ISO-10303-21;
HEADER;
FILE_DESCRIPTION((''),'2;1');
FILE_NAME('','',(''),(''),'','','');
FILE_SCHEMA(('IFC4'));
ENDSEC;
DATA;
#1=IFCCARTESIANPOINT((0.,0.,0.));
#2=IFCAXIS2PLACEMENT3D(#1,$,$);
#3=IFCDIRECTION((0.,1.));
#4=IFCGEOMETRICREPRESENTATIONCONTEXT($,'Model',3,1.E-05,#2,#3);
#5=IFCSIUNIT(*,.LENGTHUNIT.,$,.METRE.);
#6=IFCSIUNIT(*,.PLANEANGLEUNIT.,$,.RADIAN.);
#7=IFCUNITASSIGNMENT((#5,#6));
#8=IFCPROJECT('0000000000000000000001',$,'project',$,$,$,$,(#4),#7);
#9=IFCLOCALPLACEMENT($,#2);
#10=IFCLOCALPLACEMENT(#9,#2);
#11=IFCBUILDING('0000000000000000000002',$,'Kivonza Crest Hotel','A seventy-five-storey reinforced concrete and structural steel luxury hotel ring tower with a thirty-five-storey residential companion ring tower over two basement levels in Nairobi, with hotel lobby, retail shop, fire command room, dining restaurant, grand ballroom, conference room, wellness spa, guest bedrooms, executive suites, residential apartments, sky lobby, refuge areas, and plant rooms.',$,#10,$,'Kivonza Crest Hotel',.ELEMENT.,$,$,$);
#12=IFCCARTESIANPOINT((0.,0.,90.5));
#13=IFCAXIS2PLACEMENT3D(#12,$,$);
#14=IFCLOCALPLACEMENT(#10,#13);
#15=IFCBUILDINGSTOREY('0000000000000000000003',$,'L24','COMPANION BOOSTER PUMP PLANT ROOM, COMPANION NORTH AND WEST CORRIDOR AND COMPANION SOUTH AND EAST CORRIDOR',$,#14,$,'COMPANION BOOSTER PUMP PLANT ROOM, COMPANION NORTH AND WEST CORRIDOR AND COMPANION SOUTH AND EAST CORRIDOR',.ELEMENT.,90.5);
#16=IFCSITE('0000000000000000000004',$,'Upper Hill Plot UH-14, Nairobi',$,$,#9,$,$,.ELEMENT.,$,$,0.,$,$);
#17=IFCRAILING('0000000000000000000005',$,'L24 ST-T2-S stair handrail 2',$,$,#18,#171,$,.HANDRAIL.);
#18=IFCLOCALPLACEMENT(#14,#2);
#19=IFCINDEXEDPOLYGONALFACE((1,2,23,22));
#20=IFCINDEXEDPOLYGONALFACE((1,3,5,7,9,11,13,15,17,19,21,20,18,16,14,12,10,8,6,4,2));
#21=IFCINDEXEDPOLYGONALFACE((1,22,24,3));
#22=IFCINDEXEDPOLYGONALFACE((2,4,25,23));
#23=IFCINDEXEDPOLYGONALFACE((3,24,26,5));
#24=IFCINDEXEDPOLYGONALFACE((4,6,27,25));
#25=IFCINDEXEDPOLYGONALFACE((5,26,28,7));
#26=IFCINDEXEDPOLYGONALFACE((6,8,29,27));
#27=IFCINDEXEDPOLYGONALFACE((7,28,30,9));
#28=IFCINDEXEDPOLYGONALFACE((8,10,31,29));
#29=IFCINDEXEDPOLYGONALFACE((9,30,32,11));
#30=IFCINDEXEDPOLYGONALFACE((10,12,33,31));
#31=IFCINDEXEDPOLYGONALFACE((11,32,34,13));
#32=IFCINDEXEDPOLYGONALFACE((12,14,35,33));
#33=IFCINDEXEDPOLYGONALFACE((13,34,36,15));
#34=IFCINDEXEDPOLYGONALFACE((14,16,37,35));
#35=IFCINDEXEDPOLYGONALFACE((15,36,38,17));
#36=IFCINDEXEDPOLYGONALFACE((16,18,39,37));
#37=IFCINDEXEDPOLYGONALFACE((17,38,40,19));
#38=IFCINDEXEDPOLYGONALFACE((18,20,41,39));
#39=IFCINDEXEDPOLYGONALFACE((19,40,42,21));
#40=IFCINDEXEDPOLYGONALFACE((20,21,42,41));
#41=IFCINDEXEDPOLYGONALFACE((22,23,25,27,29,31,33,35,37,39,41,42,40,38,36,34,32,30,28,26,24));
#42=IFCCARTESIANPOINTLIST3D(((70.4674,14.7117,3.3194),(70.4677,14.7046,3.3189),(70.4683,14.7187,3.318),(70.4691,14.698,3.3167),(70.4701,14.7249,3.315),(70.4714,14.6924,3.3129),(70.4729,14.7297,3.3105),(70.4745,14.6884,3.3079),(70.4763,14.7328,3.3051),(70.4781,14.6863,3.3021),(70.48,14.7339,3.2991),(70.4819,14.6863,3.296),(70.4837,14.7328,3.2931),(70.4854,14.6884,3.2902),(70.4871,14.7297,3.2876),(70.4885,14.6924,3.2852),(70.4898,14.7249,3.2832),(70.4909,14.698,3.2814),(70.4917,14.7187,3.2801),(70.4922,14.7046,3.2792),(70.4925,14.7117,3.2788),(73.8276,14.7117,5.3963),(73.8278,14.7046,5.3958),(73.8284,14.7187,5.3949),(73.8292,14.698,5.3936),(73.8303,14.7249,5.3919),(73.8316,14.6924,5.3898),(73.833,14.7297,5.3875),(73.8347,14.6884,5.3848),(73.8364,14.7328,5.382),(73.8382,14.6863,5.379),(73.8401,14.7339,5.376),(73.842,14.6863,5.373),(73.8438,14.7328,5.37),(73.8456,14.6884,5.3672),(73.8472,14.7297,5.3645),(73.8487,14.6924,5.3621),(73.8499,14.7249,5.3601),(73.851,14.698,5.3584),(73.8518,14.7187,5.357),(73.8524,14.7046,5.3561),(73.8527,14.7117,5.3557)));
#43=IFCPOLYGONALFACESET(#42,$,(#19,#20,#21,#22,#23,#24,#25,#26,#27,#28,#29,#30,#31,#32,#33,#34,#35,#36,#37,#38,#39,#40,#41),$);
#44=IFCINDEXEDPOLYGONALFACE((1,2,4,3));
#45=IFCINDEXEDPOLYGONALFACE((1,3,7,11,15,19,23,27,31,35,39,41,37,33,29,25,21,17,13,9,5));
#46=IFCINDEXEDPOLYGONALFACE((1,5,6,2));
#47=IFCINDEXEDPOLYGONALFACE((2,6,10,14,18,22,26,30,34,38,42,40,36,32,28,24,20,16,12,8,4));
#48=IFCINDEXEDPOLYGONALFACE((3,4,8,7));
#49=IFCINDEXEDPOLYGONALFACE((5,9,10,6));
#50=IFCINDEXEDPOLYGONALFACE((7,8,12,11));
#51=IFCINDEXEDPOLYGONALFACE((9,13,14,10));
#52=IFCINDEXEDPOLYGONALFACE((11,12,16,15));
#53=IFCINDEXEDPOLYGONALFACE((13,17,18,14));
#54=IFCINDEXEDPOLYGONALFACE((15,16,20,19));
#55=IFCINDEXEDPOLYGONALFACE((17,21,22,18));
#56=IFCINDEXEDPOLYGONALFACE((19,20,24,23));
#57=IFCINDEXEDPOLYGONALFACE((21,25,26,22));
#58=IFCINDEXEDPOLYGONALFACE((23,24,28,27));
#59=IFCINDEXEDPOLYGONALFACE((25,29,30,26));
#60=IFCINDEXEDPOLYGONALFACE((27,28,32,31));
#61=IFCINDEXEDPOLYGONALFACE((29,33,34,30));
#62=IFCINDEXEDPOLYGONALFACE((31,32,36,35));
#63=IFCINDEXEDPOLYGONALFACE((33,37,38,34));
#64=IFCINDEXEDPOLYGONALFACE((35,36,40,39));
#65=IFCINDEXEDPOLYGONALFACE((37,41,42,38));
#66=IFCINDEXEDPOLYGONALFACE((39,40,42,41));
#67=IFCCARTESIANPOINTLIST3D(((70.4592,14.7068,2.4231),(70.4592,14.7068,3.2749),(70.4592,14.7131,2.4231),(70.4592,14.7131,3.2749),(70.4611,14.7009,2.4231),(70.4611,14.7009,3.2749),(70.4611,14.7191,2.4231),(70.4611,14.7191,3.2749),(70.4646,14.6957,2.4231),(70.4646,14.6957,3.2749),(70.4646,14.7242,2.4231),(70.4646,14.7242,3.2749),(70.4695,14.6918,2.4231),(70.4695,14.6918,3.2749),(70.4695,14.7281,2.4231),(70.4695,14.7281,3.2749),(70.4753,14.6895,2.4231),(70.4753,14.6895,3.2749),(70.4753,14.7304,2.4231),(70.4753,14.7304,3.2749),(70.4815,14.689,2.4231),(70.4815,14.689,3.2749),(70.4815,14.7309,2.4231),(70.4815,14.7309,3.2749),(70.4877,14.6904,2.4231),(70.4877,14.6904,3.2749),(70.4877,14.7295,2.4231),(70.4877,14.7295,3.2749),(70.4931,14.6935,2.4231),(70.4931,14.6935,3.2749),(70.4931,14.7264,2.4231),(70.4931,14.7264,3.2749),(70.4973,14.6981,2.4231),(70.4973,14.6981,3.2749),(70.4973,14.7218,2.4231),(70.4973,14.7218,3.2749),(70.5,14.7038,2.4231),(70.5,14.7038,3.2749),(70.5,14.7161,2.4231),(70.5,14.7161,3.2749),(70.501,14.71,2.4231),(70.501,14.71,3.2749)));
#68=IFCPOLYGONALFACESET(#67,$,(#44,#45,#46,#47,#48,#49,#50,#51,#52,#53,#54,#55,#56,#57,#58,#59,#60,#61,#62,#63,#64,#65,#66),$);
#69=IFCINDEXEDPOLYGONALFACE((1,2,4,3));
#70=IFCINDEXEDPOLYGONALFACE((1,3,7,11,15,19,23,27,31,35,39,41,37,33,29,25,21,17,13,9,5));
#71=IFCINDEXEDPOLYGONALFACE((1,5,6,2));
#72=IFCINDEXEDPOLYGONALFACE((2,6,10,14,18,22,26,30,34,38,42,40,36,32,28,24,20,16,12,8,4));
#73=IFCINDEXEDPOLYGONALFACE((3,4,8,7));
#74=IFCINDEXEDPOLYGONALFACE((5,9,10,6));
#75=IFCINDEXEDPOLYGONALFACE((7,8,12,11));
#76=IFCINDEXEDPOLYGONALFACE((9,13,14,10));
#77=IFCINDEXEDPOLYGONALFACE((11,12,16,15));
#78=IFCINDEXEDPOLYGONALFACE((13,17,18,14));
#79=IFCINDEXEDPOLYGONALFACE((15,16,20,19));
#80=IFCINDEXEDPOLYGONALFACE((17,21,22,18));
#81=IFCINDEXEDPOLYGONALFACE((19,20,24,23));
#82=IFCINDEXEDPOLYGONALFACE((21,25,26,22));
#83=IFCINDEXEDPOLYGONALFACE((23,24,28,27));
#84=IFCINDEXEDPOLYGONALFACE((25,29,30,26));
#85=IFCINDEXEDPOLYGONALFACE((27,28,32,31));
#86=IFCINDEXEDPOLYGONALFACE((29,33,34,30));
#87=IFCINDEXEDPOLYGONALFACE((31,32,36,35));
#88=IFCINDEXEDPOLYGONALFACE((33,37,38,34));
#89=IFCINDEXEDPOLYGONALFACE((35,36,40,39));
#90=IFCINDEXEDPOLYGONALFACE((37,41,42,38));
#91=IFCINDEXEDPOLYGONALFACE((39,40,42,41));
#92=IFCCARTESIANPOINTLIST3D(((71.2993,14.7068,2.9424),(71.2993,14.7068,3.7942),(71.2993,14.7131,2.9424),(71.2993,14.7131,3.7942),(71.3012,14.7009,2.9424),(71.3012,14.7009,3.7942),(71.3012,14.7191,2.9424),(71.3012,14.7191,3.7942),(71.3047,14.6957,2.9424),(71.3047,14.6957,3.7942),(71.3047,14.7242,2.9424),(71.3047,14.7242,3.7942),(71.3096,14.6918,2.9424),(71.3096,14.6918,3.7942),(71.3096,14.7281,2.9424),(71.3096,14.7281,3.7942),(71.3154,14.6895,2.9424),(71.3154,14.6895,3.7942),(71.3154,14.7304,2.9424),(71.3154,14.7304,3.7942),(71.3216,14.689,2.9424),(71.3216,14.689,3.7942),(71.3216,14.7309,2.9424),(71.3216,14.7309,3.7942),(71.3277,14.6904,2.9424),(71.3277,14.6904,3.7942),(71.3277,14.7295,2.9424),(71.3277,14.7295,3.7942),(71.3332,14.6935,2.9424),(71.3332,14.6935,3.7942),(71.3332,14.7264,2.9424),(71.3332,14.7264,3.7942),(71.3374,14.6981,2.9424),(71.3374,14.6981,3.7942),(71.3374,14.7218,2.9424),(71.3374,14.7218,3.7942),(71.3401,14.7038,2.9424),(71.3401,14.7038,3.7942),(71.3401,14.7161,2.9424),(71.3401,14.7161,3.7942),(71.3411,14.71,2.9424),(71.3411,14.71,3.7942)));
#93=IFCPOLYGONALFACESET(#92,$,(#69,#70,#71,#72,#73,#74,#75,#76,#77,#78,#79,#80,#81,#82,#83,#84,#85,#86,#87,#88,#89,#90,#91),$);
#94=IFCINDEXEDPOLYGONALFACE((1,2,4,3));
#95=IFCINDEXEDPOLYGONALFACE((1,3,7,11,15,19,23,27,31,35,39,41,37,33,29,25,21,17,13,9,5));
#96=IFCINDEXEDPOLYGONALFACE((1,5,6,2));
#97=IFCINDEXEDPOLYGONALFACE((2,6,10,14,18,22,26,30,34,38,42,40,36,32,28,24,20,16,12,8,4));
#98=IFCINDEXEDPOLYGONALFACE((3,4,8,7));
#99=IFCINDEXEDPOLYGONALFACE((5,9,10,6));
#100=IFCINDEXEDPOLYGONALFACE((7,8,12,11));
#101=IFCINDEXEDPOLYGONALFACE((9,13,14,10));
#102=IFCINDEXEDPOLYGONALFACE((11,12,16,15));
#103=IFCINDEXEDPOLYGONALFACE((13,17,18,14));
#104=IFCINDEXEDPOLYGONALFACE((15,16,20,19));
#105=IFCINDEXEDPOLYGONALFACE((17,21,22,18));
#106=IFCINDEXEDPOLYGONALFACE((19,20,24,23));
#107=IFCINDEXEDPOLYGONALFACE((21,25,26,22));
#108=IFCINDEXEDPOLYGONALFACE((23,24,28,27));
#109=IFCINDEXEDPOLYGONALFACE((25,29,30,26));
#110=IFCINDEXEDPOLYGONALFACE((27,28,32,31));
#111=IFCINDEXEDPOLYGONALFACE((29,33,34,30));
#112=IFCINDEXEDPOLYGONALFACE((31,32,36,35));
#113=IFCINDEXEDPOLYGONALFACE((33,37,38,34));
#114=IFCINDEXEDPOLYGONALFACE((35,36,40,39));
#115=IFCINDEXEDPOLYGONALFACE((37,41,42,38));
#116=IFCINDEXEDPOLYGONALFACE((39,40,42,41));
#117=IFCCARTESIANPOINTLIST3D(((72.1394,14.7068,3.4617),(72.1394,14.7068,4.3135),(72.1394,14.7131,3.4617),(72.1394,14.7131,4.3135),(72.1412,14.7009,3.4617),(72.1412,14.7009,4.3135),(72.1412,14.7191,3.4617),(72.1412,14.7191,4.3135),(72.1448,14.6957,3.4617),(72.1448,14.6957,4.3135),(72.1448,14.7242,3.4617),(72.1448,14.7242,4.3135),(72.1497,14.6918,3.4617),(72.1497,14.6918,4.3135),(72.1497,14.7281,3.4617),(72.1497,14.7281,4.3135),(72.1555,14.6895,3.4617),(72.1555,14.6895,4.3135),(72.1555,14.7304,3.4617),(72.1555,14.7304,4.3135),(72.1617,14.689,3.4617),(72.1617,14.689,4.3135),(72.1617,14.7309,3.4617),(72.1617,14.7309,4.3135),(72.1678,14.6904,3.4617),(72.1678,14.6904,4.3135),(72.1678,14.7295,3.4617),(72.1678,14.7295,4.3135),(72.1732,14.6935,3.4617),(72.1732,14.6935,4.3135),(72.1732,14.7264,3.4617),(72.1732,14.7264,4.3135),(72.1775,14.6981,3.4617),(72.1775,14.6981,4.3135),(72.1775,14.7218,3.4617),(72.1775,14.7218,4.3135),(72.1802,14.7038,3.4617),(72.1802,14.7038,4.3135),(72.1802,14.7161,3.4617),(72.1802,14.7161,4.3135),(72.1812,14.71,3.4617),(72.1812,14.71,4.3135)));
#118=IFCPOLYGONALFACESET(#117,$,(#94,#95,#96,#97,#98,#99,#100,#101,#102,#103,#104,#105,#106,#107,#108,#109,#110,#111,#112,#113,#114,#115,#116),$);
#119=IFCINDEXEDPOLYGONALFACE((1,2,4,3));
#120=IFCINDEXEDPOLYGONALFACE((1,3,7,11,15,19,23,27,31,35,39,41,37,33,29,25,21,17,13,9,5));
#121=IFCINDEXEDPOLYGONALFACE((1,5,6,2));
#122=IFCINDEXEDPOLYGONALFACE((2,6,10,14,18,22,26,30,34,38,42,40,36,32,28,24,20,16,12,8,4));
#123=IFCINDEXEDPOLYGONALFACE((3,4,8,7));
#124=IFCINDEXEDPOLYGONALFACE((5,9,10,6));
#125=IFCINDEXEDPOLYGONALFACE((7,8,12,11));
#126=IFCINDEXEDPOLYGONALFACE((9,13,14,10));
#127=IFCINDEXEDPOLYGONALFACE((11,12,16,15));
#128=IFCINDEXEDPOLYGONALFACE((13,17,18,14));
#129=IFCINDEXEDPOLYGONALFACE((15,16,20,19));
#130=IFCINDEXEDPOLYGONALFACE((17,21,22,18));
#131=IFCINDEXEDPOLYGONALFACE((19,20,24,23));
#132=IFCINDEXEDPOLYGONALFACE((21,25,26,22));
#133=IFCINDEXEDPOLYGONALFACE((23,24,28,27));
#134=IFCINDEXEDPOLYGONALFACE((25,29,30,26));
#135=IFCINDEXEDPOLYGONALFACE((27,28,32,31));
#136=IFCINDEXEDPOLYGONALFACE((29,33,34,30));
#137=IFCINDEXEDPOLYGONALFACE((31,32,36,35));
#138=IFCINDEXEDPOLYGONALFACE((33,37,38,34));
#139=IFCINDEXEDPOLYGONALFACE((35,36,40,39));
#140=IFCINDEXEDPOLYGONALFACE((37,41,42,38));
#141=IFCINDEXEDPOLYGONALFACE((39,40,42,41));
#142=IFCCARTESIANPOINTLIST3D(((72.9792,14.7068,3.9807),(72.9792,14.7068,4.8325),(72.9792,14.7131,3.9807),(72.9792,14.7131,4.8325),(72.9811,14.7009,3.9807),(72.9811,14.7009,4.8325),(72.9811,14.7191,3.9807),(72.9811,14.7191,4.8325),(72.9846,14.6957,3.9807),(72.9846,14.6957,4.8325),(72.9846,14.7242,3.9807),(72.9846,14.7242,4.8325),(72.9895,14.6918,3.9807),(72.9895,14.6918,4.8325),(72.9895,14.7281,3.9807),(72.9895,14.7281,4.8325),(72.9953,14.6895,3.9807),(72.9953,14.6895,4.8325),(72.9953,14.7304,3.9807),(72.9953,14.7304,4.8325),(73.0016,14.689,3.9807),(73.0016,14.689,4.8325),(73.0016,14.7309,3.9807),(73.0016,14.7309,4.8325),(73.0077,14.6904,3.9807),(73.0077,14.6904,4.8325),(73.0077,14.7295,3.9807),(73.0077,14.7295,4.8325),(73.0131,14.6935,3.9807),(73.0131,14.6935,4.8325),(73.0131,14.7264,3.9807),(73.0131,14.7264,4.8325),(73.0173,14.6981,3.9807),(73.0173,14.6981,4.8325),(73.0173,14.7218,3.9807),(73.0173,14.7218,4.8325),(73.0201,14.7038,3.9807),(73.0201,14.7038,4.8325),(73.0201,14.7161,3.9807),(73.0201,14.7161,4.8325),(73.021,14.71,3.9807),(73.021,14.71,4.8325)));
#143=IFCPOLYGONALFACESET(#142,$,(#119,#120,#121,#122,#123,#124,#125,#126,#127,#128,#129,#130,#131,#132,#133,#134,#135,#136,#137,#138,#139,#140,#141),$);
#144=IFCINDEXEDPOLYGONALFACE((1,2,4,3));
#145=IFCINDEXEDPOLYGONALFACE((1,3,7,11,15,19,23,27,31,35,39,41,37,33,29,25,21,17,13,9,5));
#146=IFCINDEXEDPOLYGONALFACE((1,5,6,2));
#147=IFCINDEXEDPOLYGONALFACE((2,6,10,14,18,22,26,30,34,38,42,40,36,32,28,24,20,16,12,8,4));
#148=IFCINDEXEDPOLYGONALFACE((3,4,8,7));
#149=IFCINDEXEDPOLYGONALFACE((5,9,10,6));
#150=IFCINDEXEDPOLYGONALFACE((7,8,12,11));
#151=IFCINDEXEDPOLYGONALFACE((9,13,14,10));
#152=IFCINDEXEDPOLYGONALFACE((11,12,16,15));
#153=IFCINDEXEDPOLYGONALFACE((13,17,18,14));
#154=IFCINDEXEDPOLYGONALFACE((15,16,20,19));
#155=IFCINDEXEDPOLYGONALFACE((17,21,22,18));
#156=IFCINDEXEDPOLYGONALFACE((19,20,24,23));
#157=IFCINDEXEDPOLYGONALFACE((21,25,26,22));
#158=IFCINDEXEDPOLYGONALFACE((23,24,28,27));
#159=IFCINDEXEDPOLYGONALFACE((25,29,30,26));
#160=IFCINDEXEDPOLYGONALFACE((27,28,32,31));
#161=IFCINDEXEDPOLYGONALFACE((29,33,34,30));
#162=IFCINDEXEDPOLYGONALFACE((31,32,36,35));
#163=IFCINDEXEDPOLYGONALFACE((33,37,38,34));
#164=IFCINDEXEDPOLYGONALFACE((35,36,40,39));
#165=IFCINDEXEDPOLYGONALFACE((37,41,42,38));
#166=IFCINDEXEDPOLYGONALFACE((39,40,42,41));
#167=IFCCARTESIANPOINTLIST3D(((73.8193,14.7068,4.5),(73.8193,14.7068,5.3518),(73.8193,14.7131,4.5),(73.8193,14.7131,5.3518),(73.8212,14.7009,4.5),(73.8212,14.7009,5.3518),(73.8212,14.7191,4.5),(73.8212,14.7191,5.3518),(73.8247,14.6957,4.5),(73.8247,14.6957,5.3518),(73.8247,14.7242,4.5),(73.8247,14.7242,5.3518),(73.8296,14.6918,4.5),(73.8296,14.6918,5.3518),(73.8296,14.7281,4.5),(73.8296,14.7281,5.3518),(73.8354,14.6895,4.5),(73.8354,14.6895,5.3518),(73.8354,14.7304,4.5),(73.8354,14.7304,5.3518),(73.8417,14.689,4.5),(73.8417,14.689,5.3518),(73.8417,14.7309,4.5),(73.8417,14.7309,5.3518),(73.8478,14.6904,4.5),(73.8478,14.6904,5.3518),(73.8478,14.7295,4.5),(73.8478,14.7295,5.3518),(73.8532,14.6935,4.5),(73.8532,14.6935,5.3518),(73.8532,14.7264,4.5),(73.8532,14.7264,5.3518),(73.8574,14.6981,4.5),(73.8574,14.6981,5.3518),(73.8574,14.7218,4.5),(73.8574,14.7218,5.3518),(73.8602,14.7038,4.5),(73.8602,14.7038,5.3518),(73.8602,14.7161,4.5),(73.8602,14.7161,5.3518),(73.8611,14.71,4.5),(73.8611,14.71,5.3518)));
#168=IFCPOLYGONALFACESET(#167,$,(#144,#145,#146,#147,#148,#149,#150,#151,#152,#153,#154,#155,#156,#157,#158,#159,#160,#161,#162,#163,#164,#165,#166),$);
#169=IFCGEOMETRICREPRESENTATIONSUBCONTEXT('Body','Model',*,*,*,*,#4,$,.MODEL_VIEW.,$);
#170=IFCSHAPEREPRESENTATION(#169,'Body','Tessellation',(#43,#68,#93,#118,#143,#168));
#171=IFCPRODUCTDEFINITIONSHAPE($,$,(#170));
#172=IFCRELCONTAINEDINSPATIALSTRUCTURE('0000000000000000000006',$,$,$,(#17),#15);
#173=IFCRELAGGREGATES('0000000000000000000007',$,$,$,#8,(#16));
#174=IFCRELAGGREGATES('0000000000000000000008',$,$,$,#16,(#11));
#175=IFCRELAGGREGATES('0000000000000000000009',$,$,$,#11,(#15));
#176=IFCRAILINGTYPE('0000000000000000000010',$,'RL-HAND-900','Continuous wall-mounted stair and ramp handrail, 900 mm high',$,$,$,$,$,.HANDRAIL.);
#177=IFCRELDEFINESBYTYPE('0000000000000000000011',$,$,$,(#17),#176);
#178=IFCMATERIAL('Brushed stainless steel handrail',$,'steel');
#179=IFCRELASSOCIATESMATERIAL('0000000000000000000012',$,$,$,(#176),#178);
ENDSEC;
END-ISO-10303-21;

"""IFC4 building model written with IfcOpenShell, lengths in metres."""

from ifc_helpers import new_model, si_unit, direction, frame, origin, origin_2d, place, context, subcontext, project, spatial, circle, extrude, material, type_object, element, save


model = new_model("IFC4")

# Units and contexts
model_context = context("Model", 3, precision=1e-05, world=origin(), true_north=direction((0.0, 1.0)))
body_context = subcontext(model_context, "Body", "Model", "MODEL_VIEW")
ifc_project = project(units=[si_unit("LENGTHUNIT", "METRE"), si_unit("PLANEANGLEUNIT", "RADIAN")], contexts=[model_context])

# Site, building, storey
site_placement = place(None, origin())
site = spatial("IfcSite", under=ifc_project, at=site_placement, Name="Upper Hill Plot UH-14, Nairobi", CompositionType="ELEMENT", RefElevation=0.0)
building_placement = place(site_placement, origin())
building = spatial("IfcBuilding", under=site, at=building_placement, Name="Kivonza Crest Hotel", Description="A seventy-five-storey reinforced concrete and structural steel luxury hotel ring tower with a thirty-five-storey residential companion ring tower over two basement levels in Nairobi, with hotel lobby, retail shop, fire command room, dining restaurant, grand ballroom, conference room, wellness spa, guest bedrooms, executive suites, residential apartments, sky lobby, refuge areas, and plant rooms.", LongName="Kivonza Crest Hotel", CompositionType="ELEMENT")
storey_placement = place(building_placement, frame((0.0, 0.0, 90.5)))
storey = spatial("IfcBuildingStorey", under=building, at=storey_placement, Name="L24", Description="COMPANION BOOSTER PUMP PLANT ROOM, COMPANION NORTH AND WEST CORRIDOR AND COMPANION SOUTH AND EAST CORRIDOR", LongName="COMPANION BOOSTER PUMP PLANT ROOM, COMPANION NORTH AND WEST CORRIDOR AND COMPANION SOUTH AND EAST CORRIDOR", CompositionType="ELEMENT", Elevation=90.5)

# Railing
ifc_material_1 = material(Name="Brushed stainless steel handrail", Category="steel")
railing_type_1 = type_object("IfcRailingType", Name="RL-HAND-900", Description="Continuous wall-mounted stair and ramp handrail, 900 mm high", PredefinedType="HANDRAIL", material=ifc_material_1)
railing_1_placement = place(storey_placement, frame((70.48, 14.71, 2.4231)))
element("IfcRailing", 1, at=railing_1_placement, inside=storey, type_object=railing_type_1, Name="L24 ST-T2-S stair handrail 2", PredefinedType="HANDRAIL", context=body_context, shape_type="SweptSolid", body=[
    extrude(circle(Radius=0.0239, at=origin_2d()), frame((0.0, 0.0, 0.876), z_axis=(0.850623, 0.0, 0.525776), x_axis=(0.0, 1.0, 0.0)), (0.0, 0.0, 1.0), 3.9502),
    extrude(circle(Radius=0.021, at=origin_2d()), origin(), (0.0, 0.0, 1.0), 0.8518),
    extrude(circle(Radius=0.021, at=origin_2d()), frame((0.8401, 0.0, 0.5193)), (0.0, 0.0, 1.0), 0.8518),
    extrude(circle(Radius=0.021, at=origin_2d()), frame((1.6802, 0.0, 1.0386)), (0.0, 0.0, 1.0), 0.8518),
    extrude(circle(Radius=0.021, at=origin_2d()), frame((2.52, 0.0, 1.5576)), (0.0, 0.0, 1.0), 0.8518),
    extrude(circle(Radius=0.021, at=origin_2d()), frame((3.3601, 0.0, 2.0769)), (0.0, 0.0, 1.0), 0.8518),
])

save(model, "model.ifc")
